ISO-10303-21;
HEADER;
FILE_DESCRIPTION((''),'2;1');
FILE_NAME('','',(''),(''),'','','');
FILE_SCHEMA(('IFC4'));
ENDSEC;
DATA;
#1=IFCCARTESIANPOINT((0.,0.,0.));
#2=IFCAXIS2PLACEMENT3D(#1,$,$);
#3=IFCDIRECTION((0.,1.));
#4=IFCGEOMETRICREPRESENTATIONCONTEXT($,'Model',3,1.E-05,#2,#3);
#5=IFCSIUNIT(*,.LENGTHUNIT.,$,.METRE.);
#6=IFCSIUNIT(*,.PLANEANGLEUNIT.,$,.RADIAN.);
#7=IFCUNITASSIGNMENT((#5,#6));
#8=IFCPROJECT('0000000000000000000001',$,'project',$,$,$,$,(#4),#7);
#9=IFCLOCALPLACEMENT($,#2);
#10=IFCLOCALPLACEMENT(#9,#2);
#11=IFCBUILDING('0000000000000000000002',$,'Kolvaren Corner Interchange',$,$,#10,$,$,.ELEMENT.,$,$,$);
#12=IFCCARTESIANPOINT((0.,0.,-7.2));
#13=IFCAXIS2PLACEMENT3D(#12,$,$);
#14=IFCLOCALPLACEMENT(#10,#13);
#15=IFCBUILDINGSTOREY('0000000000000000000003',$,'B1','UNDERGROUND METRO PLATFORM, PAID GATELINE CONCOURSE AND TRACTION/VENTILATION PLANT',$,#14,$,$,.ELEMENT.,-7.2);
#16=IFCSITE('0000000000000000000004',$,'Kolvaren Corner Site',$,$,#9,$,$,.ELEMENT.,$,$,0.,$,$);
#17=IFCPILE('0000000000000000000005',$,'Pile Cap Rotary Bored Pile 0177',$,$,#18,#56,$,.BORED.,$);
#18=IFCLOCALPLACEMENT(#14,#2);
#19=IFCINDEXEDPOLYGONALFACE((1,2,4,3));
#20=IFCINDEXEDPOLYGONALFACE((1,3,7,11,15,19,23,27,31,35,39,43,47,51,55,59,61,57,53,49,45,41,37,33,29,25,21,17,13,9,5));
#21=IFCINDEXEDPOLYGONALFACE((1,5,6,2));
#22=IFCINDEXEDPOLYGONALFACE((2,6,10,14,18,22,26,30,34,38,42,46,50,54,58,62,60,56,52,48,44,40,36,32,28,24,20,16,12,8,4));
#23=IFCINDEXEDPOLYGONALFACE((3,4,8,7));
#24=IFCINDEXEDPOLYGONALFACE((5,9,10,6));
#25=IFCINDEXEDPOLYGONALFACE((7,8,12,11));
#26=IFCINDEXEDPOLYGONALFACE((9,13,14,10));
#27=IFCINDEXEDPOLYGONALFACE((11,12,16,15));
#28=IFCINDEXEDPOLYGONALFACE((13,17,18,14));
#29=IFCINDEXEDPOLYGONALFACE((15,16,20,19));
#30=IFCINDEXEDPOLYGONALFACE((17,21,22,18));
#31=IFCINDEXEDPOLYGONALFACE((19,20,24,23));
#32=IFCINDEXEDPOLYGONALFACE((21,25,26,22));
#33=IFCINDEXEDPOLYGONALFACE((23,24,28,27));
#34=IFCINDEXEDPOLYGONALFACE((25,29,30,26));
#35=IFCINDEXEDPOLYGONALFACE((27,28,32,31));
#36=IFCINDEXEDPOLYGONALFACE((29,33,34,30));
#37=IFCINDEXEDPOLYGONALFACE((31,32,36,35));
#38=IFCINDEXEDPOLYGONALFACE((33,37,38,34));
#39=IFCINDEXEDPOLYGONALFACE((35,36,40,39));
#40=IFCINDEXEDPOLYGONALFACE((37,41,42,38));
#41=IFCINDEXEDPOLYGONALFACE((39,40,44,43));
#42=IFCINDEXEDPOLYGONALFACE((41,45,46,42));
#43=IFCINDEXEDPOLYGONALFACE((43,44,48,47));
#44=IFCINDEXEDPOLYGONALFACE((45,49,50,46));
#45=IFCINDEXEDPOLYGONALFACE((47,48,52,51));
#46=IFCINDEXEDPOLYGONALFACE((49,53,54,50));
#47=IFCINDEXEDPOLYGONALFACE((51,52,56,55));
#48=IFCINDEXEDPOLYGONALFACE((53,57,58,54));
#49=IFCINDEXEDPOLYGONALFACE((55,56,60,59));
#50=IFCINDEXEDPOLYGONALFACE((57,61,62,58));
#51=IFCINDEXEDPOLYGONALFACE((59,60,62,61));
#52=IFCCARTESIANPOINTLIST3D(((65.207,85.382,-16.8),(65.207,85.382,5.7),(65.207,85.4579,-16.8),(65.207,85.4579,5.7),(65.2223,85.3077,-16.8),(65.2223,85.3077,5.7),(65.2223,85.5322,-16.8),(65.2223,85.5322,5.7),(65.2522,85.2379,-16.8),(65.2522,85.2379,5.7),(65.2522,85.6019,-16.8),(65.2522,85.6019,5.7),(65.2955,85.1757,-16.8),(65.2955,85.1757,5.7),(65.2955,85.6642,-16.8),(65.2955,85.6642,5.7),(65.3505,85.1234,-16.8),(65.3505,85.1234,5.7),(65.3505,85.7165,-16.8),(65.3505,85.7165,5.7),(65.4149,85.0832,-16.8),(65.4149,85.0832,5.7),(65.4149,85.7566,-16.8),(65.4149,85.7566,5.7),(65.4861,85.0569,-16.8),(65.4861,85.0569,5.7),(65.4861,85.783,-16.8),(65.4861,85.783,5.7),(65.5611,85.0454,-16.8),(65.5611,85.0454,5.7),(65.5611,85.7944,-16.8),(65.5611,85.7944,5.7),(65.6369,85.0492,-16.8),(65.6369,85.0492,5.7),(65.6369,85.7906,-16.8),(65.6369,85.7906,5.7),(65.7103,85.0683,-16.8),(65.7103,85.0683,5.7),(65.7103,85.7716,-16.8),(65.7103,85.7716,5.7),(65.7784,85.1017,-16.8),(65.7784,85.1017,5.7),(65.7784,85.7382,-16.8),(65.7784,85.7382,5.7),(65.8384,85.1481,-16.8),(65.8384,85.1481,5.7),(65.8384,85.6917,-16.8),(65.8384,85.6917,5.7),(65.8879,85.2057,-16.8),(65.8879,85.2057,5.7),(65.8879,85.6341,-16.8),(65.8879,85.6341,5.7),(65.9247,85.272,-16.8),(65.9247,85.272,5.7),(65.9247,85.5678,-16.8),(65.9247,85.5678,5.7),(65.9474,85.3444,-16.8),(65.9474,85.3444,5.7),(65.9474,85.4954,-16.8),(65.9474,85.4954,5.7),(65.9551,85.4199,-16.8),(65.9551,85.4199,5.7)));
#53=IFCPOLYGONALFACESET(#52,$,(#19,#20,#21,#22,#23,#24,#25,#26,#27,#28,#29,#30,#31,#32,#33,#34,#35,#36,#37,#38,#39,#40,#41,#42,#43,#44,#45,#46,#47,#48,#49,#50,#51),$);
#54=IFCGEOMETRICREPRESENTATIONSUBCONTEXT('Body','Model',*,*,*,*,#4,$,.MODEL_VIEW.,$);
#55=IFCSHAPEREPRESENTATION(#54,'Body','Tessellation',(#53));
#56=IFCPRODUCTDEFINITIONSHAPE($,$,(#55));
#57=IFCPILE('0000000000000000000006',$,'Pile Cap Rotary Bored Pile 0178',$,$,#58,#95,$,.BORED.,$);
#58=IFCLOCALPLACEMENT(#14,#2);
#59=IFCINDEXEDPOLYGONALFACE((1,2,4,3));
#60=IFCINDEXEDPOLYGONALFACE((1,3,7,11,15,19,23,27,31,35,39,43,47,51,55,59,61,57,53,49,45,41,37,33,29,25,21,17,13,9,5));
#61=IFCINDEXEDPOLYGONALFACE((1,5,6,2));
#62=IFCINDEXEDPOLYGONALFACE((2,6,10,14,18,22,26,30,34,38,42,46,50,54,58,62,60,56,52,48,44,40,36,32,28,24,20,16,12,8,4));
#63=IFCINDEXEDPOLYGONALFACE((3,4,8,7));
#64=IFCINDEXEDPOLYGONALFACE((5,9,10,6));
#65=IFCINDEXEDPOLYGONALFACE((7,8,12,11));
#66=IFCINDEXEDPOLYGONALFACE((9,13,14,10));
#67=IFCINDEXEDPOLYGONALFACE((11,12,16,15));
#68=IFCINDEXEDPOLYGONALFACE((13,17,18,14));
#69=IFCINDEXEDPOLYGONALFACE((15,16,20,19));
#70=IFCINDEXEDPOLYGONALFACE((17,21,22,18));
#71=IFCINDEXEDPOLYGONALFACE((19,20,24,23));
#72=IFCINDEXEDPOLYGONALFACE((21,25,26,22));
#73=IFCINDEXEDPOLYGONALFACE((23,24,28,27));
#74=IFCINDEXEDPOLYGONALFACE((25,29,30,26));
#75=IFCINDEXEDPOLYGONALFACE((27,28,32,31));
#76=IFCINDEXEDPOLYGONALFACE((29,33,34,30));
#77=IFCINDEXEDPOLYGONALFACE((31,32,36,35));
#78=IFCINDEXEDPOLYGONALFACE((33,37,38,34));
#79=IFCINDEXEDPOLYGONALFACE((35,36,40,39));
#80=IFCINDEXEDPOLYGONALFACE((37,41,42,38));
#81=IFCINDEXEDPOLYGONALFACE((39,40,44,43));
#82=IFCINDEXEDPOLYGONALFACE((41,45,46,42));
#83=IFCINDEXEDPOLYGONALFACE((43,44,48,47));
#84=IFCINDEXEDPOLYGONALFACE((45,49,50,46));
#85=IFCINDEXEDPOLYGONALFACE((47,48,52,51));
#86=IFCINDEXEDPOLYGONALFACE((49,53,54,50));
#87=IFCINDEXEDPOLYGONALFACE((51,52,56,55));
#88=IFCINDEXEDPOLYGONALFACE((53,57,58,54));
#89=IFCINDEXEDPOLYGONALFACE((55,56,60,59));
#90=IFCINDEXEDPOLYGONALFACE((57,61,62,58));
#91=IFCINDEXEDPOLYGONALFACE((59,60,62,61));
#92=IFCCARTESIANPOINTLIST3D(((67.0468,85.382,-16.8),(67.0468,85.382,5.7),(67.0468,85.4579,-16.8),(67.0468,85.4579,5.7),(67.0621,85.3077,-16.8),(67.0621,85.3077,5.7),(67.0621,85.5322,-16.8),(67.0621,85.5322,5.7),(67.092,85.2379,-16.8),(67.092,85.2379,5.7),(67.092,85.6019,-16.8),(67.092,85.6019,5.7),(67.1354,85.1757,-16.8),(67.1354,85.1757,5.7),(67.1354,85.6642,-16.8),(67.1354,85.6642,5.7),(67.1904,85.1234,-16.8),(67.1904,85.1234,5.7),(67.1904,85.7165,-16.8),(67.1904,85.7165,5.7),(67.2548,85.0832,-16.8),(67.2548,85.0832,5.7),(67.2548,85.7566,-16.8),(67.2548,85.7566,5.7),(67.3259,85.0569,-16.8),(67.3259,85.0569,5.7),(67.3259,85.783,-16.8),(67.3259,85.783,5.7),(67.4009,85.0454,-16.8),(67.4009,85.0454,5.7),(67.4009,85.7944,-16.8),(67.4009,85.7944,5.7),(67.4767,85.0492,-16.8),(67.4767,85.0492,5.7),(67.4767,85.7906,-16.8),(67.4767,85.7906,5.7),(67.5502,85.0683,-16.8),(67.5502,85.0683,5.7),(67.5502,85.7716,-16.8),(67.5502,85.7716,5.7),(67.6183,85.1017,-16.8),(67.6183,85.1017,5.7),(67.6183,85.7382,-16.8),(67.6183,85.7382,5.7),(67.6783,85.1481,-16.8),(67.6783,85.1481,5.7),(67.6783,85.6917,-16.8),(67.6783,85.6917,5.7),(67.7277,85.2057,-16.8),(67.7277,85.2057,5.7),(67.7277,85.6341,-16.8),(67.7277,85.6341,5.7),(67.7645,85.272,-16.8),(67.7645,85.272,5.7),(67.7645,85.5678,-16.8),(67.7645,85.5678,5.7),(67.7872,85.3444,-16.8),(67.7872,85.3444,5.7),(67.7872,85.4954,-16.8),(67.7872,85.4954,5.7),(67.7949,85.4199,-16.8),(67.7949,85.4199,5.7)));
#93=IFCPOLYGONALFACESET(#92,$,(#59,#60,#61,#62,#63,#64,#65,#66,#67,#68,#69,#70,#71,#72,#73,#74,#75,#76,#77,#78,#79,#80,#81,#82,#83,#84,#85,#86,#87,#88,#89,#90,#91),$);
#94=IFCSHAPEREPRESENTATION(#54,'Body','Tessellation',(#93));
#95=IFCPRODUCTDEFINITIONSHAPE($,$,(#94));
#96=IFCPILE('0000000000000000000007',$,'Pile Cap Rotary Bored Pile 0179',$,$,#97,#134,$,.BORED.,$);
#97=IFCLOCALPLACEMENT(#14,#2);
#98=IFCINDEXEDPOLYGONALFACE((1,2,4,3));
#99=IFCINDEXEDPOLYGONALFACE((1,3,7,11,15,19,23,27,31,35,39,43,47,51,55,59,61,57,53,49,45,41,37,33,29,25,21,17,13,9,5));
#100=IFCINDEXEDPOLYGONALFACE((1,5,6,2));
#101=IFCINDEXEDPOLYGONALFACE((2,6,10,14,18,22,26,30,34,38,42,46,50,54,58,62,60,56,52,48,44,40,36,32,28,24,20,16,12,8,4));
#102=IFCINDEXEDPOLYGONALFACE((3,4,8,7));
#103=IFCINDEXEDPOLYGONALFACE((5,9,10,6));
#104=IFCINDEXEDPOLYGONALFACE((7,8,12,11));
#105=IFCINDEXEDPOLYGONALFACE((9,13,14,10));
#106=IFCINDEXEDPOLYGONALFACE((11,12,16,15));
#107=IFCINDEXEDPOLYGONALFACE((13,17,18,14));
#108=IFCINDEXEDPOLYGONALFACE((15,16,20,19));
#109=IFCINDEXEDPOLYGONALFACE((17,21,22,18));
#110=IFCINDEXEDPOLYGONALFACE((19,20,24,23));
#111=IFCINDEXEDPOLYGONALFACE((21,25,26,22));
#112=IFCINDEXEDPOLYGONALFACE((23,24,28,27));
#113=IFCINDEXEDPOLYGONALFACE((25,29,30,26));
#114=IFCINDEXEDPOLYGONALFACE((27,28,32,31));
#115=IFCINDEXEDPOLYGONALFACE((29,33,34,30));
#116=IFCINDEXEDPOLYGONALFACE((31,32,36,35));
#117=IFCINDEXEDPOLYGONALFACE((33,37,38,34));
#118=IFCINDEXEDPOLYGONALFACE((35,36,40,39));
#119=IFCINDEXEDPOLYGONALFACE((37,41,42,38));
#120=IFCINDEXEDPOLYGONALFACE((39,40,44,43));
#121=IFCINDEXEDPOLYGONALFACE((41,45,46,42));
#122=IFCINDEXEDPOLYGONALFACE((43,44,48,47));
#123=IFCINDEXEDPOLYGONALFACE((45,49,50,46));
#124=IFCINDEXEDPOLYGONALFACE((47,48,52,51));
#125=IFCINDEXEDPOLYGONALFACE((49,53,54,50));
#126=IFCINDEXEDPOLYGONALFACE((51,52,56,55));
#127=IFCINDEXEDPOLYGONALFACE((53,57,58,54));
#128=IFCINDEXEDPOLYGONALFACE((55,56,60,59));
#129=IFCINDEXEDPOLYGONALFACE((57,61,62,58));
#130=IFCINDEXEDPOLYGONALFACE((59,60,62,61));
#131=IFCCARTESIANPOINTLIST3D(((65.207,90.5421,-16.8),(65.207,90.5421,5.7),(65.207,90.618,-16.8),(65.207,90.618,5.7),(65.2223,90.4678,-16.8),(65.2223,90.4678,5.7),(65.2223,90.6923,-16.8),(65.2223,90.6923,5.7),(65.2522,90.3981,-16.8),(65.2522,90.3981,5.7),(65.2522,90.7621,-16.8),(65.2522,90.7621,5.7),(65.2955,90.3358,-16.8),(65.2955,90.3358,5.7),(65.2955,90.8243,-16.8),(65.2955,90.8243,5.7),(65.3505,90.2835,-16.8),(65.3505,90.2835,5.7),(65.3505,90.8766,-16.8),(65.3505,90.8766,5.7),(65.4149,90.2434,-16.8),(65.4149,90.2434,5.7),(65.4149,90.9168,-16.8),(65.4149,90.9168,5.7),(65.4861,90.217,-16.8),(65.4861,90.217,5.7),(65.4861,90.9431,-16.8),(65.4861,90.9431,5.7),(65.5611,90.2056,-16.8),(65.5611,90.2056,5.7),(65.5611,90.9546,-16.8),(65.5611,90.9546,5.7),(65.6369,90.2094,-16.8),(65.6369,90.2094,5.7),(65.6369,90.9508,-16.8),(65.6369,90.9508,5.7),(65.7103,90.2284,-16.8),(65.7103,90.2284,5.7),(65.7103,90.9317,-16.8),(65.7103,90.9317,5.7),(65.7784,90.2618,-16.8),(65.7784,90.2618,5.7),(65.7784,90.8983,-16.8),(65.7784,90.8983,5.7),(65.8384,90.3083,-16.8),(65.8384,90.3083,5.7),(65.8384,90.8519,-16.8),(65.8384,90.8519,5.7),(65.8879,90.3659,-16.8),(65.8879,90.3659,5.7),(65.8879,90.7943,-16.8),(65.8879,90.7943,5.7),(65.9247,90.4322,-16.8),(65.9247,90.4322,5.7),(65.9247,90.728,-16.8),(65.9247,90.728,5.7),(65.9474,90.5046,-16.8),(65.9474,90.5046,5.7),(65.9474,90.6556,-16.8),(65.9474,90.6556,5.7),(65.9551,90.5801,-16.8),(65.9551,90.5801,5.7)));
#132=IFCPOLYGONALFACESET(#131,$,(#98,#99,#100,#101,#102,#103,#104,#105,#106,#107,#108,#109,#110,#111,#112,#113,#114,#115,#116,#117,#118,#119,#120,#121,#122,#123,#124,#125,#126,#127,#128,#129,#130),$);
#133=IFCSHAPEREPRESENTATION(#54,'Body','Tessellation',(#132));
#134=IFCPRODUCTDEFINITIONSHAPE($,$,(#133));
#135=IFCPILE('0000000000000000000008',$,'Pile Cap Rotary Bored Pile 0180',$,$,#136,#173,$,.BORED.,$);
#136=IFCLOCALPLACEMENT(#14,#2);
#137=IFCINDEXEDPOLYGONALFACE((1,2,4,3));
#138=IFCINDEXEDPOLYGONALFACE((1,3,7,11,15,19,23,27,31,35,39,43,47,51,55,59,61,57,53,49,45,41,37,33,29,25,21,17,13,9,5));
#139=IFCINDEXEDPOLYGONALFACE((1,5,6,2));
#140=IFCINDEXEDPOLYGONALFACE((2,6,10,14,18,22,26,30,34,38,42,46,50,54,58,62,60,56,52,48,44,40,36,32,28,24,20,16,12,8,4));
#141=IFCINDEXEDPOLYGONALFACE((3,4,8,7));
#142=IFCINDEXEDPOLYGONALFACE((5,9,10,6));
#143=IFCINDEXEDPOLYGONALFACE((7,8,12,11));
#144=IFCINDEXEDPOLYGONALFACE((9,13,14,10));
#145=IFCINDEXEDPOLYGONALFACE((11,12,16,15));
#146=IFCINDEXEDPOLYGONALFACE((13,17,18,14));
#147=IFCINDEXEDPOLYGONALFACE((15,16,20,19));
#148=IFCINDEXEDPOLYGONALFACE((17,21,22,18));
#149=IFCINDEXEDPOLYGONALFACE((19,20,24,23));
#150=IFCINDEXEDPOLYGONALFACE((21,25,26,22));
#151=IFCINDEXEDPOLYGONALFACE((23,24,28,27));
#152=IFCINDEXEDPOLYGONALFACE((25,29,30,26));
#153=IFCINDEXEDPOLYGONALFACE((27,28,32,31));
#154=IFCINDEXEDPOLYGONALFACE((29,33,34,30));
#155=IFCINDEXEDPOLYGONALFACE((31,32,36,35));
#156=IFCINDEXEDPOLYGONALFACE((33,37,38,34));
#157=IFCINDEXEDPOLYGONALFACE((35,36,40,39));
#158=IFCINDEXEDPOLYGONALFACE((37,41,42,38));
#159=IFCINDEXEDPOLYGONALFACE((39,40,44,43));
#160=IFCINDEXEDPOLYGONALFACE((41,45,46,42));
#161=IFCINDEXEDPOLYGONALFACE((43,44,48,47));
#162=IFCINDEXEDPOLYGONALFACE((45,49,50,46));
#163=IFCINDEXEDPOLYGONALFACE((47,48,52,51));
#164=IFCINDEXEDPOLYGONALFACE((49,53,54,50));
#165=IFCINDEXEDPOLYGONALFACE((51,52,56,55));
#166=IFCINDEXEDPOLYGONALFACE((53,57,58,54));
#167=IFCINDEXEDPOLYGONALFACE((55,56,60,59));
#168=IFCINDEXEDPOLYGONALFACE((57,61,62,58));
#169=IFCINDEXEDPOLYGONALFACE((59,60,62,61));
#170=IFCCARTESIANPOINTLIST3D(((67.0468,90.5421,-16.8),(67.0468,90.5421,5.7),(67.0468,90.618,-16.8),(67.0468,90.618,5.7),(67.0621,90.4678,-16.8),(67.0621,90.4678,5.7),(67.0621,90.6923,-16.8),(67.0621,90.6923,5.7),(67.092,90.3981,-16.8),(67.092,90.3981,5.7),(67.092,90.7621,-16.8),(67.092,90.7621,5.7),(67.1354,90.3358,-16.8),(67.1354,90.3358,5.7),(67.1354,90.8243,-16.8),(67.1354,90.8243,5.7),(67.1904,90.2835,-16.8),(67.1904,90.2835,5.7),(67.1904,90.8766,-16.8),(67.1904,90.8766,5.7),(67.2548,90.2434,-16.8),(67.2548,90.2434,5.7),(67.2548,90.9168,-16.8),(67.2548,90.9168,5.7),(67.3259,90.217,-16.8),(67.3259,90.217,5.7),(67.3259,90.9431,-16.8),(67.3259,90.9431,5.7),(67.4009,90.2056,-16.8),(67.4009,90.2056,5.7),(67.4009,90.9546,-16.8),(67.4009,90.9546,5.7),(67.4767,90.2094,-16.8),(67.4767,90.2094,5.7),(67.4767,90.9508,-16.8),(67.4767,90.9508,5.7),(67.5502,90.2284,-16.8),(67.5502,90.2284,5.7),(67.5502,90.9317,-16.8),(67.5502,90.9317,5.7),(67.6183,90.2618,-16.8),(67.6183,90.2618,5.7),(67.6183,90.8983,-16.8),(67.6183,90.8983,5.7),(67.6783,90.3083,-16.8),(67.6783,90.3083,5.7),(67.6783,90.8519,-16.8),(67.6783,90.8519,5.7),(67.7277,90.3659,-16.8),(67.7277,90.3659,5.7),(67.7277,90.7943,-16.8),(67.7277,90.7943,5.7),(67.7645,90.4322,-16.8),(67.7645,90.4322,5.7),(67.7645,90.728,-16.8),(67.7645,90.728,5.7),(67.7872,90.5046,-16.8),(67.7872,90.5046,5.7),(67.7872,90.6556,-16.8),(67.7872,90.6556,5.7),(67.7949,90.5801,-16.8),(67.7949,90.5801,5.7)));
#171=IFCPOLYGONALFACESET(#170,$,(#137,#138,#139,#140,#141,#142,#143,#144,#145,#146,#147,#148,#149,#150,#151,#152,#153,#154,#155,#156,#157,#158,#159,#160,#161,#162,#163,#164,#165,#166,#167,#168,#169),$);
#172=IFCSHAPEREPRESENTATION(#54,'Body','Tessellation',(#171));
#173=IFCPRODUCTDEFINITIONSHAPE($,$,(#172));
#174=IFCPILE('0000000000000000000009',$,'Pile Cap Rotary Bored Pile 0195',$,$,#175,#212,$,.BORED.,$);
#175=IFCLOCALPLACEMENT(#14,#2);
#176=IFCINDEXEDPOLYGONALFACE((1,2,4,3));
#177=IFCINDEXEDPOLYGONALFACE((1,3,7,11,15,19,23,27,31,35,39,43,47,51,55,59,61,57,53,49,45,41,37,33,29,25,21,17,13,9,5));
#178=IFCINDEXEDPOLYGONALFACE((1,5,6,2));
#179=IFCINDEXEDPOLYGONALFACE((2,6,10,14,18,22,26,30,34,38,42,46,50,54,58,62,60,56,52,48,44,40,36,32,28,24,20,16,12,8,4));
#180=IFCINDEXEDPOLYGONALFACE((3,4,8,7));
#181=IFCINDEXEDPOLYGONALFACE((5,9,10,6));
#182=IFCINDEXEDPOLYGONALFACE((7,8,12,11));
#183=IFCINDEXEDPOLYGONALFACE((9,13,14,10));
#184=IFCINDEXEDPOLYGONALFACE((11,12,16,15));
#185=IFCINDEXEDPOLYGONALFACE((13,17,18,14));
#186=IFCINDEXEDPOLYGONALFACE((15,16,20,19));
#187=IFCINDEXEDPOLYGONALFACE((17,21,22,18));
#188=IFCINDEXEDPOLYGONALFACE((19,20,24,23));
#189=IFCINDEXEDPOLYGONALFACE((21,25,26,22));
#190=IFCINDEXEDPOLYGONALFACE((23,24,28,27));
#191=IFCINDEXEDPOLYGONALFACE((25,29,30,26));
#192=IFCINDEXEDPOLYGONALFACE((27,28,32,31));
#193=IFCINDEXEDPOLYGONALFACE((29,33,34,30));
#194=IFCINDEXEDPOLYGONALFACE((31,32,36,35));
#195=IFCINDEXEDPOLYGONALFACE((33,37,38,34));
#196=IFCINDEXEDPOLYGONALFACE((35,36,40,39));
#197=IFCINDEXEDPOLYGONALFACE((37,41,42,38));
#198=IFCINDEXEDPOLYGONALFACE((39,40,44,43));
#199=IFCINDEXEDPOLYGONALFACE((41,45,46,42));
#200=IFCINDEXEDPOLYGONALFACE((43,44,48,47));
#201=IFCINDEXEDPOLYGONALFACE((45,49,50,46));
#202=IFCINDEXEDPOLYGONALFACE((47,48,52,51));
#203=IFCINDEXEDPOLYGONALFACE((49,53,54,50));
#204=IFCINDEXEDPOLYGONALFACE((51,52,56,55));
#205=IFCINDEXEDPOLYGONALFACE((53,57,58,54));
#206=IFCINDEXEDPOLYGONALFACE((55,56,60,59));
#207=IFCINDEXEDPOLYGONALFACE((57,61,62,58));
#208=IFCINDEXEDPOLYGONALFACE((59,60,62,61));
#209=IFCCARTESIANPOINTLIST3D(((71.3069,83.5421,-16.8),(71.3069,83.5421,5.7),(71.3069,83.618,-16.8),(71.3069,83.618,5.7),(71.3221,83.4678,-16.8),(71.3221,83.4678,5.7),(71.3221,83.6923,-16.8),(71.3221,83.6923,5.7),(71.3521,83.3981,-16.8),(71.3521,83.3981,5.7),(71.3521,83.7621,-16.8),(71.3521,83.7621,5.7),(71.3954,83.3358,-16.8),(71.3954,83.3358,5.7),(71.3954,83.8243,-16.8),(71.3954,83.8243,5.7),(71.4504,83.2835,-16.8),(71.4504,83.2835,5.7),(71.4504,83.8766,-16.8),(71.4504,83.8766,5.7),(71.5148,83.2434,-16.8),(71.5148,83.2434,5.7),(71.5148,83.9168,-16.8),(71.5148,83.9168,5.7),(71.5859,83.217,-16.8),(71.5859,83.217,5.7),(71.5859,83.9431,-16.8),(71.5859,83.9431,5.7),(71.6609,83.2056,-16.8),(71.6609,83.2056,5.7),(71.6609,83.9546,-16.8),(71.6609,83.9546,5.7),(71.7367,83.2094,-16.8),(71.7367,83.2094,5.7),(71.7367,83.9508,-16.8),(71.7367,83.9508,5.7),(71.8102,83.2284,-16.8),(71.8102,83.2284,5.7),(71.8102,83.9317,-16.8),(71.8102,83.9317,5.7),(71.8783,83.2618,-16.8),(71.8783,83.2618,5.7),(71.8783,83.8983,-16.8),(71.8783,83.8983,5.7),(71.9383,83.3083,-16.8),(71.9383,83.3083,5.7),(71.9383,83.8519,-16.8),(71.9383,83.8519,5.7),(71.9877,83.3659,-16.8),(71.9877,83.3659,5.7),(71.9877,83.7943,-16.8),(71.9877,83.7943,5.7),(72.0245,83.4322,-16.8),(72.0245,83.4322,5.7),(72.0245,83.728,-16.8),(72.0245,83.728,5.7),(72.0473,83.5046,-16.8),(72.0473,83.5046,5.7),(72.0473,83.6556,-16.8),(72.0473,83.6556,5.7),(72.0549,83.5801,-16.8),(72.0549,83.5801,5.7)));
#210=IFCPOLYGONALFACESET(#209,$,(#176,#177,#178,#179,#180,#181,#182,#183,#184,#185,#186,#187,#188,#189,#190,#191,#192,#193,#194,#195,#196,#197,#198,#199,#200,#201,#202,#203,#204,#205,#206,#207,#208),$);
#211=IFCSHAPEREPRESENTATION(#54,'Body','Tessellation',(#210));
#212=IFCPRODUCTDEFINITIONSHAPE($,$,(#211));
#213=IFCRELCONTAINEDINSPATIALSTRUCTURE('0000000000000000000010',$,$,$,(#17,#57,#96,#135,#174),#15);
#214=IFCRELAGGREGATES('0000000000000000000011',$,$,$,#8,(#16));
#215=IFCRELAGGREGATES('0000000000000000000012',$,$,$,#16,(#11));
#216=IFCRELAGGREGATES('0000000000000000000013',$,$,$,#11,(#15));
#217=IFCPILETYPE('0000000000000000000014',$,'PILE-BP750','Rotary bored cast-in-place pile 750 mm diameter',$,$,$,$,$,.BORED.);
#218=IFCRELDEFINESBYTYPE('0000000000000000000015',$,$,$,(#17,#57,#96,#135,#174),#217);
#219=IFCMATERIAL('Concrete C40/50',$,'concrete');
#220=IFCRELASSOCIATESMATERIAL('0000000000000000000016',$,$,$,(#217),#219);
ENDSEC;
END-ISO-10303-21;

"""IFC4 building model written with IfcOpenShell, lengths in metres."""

from ifc_helpers import new_model, si_unit, direction, frame, origin, origin_2d, place, context, subcontext, project, spatial, circle, extrude, material, material_profile, profile_set, type_object, element, save


model = new_model("IFC4")

# Units and contexts
model_context = context("Model", 3, precision=1e-05, world=origin(), true_north=direction((0.0, 1.0)))
body_context = subcontext(model_context, "Body", "Model", "MODEL_VIEW")
ifc_project = project(units=[si_unit("LENGTHUNIT", "METRE"), si_unit("PLANEANGLEUNIT", "RADIAN")], contexts=[model_context])

# Site, building, storey
site_placement = place(None, origin())
site = spatial("IfcSite", under=ifc_project, at=site_placement, Name="Kolvaren Corner Site", CompositionType="ELEMENT", RefElevation=0.0)
building_placement = place(site_placement, origin())
building = spatial("IfcBuilding", under=site, at=building_placement, Name="Kolvaren Corner Interchange", CompositionType="ELEMENT")
storey_placement = place(building_placement, frame((0.0, 0.0, -7.2)))
storey = spatial("IfcBuildingStorey", under=building, at=storey_placement, Name="B1", Description="UNDERGROUND METRO PLATFORM, PAID GATELINE CONCOURSE AND TRACTION/VENTILATION PLANT", CompositionType="ELEMENT", Elevation=-7.2)

# Piles
ifc_material_1 = material(Name="Concrete C40/50", Category="concrete")
ifc_material_profile_1 = material_profile(ifc_material_1, circle(Radius=0.375, at=origin_2d()), Name="BORED PILE 750")
ifc_profile_set_1 = profile_set([ifc_material_profile_1], Name="Concrete C40/50")
pile_type_1 = type_object("IfcPileType", Name="PILE-BP750", Description="Rotary bored cast-in-place pile 750 mm diameter", PredefinedType="BORED", material=ifc_profile_set_1)
for number, where, z_axis, x_axis, name in (
    (1, (65.5801, 85.4199, 5.7), (0.0, 0.0, -1.0), (1.0, 0.0, 0.0), "Pile Cap Rotary Bored Pile 0177"),
    (2, (67.4199, 85.4199, 5.7), (0.0, 0.0, -1.0), (1.0, 0.0, 0.0), "Pile Cap Rotary Bored Pile 0178"),
    (3, (65.5801, 90.5801, 5.7), (0.0, 0.0, -1.0), (1.0, 0.0, 0.0), "Pile Cap Rotary Bored Pile 0179"),
    (4, (67.4199, 90.5801, 5.7), (0.0, 0.0, -1.0), (1.0, 0.0, 0.0), "Pile Cap Rotary Bored Pile 0180"),
    (5, (71.6799, 83.5801, 5.7), (0.0, 0.0, -1.0), (1.0, 0.0, 0.0), "Pile Cap Rotary Bored Pile 0195"),
):
    element("IfcPile", number, at=place(storey_placement, frame(where, z_axis=z_axis, x_axis=x_axis)), inside=storey, type_object=pile_type_1, Name=name, PredefinedType="BORED", context=body_context, shape_type="SweptSolid", body=[
        extrude(circle(Radius=0.375, at=origin_2d()), origin(), (0.0, 0.0, 1.0), 22.5),
    ])

save(model, "model.ifc")
